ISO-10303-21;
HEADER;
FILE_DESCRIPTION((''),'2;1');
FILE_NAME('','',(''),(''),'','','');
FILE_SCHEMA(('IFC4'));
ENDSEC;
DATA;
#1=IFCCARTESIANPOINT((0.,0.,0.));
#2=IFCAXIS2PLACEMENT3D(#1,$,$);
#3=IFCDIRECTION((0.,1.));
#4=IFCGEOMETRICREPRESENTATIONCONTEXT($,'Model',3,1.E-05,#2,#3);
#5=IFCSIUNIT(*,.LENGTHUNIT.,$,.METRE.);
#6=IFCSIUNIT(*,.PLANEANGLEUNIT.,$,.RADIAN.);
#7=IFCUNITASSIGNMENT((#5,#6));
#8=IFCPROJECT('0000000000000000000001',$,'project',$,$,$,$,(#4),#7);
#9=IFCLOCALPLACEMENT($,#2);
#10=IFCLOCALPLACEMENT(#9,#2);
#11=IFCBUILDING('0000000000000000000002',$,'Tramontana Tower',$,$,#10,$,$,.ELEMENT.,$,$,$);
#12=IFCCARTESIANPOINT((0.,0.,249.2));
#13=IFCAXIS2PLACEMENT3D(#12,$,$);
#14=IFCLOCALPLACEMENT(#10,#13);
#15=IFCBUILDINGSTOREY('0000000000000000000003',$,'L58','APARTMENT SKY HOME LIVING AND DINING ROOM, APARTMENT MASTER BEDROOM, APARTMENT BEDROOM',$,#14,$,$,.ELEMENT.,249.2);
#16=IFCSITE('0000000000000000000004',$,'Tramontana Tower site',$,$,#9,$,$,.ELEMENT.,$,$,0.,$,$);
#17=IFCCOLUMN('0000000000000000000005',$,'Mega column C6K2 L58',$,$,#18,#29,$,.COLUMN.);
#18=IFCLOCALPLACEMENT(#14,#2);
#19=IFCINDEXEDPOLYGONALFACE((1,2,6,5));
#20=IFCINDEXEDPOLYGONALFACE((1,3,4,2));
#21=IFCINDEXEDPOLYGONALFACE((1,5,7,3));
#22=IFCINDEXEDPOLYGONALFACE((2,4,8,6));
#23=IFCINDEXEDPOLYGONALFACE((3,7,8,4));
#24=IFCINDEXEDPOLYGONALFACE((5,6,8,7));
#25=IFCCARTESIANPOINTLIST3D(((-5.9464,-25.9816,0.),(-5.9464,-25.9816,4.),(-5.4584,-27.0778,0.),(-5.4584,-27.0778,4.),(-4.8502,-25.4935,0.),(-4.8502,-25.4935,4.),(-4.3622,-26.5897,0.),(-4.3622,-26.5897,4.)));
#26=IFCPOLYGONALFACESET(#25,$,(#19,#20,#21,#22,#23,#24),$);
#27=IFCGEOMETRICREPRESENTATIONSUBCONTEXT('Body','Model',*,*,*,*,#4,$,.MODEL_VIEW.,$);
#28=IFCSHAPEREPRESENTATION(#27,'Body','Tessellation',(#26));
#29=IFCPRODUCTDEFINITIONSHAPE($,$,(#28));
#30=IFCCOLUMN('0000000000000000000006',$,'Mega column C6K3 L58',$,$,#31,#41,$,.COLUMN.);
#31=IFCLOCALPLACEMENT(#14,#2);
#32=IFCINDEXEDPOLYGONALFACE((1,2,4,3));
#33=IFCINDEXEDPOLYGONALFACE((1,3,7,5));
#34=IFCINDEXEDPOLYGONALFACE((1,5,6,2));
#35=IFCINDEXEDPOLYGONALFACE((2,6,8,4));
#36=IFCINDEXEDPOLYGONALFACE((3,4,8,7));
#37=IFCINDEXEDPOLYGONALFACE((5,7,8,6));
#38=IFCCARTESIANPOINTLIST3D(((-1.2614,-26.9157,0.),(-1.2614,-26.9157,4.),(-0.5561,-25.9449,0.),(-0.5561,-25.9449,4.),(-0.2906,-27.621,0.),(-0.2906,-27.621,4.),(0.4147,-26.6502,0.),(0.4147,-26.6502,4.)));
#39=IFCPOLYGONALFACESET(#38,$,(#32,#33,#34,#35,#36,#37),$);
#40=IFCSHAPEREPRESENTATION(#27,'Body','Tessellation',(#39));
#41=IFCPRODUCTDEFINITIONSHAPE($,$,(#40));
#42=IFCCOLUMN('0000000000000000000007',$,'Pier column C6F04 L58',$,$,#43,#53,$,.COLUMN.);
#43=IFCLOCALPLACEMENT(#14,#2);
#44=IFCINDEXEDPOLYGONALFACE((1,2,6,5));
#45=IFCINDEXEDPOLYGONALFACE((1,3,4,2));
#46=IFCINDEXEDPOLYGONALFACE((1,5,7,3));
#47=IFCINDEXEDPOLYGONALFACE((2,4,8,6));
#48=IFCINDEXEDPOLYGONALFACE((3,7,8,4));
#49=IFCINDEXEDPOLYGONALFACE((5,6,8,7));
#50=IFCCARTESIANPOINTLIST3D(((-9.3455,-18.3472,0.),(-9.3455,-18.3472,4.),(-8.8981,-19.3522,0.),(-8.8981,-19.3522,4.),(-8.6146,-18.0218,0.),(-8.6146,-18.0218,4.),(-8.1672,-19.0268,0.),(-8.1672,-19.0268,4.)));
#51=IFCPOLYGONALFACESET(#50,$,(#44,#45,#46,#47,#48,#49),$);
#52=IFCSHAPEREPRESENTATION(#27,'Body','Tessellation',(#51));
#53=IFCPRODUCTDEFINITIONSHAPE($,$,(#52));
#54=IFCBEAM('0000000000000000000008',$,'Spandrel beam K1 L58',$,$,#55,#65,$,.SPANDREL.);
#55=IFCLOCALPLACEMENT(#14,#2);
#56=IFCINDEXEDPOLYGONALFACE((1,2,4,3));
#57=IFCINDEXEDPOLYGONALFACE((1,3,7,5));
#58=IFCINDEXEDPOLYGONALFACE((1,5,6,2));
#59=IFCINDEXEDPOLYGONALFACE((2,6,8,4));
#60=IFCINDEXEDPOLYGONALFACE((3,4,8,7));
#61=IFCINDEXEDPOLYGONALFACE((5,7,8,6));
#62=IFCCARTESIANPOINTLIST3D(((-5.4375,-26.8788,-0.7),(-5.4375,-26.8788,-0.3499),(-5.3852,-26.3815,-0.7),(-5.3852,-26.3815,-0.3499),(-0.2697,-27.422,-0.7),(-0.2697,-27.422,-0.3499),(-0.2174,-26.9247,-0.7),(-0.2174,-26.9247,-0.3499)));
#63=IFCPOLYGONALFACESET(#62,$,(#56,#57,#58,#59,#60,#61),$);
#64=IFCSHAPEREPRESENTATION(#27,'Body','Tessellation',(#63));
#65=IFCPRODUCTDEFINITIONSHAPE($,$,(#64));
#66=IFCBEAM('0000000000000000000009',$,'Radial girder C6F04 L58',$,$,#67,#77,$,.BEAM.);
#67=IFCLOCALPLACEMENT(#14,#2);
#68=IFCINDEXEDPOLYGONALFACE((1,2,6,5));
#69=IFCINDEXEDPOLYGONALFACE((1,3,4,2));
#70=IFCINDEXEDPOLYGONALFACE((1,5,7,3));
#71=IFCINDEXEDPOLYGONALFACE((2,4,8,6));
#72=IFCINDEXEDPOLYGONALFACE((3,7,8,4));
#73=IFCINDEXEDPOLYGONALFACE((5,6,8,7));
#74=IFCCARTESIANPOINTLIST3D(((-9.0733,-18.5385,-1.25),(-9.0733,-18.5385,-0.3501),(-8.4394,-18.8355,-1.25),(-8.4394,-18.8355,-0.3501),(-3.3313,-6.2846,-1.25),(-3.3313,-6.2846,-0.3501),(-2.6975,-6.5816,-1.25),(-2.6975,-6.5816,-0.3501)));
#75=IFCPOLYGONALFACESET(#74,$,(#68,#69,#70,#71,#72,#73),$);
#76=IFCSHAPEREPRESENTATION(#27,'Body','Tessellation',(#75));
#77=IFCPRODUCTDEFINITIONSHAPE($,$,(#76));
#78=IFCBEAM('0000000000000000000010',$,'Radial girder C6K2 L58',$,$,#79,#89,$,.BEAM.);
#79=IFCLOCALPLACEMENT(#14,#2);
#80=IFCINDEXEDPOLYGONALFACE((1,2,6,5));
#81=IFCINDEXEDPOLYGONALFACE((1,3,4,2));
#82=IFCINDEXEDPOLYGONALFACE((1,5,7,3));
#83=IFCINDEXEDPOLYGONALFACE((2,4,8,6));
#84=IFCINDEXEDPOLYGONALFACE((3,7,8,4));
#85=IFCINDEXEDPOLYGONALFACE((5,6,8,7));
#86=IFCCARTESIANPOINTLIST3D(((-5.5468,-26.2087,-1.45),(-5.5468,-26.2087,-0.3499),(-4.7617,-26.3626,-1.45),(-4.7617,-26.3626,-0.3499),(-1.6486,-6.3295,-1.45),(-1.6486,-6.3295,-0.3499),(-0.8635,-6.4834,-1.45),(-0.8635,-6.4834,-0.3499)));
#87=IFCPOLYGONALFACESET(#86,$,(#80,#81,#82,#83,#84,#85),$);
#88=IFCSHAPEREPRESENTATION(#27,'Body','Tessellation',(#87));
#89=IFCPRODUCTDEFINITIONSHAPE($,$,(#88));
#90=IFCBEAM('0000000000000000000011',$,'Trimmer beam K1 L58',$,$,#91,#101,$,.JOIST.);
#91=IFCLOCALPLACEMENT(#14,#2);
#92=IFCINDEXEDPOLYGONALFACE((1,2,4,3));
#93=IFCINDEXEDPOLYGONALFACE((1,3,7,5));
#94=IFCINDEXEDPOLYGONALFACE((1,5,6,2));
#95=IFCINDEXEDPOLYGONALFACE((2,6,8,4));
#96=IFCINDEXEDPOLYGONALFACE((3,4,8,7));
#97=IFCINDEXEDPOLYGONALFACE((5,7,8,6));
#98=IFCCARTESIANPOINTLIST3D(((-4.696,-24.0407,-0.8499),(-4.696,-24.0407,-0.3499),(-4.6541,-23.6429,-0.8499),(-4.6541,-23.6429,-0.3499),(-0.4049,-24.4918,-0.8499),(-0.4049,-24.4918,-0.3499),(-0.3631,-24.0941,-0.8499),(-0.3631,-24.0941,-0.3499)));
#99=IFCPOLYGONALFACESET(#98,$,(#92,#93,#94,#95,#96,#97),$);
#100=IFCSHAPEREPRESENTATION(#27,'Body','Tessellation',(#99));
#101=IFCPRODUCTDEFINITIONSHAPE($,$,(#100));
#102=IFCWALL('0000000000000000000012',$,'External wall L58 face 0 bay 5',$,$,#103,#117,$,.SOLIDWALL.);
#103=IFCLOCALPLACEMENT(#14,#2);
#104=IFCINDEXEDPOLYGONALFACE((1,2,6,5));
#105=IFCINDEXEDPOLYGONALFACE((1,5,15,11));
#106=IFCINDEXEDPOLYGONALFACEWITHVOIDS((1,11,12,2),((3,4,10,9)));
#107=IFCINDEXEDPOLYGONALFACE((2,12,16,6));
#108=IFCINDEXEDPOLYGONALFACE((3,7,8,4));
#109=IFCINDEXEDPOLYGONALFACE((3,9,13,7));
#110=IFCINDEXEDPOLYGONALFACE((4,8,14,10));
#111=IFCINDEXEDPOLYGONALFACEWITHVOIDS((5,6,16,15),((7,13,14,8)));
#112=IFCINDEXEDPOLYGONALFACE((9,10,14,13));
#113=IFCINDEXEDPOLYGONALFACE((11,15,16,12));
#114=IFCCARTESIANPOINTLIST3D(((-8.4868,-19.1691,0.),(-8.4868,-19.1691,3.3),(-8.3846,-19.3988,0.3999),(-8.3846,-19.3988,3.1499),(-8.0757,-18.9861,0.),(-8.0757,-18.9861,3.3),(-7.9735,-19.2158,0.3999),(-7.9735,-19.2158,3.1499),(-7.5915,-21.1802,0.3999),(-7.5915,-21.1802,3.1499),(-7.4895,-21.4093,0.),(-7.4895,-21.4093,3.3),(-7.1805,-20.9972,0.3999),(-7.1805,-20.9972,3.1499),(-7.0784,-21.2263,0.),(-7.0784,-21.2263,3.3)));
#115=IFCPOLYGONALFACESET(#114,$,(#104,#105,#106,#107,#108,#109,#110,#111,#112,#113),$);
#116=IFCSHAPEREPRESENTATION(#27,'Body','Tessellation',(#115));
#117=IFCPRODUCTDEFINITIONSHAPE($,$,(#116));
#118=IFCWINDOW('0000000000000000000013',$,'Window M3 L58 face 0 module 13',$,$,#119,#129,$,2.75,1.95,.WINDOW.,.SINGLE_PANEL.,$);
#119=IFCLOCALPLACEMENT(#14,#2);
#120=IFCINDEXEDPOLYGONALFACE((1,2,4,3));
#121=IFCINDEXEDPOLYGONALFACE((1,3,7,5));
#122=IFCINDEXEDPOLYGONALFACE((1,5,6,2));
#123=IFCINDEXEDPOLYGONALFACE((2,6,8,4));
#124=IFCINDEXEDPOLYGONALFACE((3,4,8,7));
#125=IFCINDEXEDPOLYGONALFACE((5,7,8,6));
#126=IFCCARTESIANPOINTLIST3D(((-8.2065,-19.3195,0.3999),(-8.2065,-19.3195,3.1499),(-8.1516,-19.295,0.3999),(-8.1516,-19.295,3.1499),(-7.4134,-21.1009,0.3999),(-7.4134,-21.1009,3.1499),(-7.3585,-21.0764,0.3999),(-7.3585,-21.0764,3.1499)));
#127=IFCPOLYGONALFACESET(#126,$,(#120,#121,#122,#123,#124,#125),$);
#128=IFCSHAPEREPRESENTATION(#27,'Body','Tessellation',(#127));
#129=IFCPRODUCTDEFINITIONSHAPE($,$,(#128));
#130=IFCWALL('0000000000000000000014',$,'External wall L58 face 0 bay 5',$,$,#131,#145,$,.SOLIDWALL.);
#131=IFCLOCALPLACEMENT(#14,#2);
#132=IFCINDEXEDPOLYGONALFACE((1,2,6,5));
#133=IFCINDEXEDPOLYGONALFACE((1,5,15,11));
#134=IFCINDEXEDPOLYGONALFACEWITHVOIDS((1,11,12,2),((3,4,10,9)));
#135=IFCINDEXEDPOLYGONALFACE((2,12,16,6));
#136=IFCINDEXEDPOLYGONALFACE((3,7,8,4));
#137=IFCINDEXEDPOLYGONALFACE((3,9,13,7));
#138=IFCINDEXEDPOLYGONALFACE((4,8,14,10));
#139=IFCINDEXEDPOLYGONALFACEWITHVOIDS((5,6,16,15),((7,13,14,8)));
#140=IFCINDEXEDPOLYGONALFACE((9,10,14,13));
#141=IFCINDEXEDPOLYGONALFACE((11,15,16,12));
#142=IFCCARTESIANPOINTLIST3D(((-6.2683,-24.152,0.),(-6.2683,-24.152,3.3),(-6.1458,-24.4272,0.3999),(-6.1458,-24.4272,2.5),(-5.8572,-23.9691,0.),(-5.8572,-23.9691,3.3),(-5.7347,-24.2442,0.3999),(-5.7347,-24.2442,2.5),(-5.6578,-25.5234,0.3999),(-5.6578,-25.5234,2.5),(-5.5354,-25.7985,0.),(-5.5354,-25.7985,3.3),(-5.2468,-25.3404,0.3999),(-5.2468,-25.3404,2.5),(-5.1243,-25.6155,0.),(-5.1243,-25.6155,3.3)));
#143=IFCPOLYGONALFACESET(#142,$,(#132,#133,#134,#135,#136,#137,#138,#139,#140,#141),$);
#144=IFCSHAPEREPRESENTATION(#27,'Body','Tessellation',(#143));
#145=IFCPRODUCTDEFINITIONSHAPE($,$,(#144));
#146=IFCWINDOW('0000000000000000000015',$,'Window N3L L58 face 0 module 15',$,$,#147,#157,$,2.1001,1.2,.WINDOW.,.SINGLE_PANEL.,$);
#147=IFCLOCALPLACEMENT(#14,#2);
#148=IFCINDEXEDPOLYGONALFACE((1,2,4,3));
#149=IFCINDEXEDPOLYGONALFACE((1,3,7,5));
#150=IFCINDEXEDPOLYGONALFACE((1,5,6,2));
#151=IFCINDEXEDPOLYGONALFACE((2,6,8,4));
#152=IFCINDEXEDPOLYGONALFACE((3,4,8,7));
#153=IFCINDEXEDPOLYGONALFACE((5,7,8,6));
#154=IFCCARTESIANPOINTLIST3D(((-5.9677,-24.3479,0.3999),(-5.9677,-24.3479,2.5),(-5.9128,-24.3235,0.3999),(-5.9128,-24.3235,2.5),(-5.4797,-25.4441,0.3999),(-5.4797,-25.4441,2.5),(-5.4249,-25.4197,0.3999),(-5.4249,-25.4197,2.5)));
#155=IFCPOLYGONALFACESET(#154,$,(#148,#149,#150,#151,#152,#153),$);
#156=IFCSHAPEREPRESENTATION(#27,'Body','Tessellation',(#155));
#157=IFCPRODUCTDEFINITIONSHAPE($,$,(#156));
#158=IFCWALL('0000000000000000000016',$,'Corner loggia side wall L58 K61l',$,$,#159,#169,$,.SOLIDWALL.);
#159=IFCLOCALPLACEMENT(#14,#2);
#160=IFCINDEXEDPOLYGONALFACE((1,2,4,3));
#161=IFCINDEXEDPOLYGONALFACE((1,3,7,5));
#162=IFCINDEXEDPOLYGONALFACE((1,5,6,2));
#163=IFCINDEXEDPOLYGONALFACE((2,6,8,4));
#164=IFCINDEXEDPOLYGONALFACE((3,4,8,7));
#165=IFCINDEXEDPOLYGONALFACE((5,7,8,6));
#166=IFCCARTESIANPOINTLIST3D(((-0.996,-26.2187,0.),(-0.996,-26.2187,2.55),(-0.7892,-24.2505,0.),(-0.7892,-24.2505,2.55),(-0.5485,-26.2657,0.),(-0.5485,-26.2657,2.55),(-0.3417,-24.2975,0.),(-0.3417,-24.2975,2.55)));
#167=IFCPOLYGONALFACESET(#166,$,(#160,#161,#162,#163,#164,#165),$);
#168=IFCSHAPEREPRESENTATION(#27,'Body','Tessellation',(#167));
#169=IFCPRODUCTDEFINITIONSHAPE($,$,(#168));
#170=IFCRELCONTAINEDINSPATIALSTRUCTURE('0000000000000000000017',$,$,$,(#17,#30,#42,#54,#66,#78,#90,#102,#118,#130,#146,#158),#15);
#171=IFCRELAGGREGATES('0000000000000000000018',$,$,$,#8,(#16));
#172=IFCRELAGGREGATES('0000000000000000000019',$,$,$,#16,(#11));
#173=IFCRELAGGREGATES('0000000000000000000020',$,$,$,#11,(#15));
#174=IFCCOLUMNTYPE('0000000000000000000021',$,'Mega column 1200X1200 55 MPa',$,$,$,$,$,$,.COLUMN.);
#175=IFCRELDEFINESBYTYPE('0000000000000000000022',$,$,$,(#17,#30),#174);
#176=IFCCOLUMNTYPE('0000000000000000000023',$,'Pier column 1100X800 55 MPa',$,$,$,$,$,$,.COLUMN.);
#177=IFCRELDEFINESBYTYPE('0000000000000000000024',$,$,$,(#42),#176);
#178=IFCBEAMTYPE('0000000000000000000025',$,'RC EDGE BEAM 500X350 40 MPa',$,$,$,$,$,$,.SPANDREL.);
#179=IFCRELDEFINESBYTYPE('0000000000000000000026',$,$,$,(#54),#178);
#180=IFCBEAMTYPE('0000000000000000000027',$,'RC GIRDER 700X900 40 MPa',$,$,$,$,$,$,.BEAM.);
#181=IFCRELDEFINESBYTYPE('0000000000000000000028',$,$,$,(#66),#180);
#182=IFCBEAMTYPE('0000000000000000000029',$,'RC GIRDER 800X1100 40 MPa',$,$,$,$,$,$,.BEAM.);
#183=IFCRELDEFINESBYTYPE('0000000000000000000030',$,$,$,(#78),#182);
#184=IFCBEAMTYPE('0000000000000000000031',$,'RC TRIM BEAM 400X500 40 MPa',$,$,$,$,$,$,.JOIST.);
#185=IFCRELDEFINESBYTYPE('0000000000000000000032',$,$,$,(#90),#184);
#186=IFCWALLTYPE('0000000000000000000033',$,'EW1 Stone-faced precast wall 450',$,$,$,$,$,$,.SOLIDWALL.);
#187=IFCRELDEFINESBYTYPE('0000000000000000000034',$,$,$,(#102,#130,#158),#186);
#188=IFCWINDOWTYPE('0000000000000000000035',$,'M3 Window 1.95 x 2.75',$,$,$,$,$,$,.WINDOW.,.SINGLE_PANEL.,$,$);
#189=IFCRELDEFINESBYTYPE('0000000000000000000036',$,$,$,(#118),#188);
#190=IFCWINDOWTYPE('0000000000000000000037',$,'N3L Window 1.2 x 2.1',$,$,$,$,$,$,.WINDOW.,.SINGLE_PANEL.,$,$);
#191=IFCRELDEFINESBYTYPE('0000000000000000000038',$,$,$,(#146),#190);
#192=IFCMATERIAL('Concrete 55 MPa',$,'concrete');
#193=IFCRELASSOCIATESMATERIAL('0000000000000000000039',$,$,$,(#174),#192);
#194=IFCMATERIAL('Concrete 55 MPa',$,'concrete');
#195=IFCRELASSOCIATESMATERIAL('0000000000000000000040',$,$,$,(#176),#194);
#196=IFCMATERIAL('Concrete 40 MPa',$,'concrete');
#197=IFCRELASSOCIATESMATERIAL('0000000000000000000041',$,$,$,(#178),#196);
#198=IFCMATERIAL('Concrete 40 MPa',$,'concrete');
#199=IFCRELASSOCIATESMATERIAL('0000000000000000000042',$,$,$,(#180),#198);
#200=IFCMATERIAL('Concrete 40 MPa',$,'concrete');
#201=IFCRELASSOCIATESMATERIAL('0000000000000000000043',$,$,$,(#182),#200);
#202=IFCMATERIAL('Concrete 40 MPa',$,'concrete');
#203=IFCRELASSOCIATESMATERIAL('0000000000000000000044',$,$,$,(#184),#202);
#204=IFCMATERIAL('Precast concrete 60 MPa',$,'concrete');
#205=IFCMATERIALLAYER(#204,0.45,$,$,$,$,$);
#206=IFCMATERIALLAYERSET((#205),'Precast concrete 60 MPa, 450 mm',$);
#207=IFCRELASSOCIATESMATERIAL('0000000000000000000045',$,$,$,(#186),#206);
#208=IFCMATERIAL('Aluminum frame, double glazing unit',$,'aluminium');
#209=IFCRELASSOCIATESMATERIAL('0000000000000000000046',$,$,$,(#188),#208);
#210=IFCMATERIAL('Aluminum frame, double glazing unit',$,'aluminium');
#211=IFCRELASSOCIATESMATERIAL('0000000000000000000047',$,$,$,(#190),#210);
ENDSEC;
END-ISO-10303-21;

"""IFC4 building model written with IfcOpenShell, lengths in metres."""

from ifc_helpers import new_model, si_unit, direction, frame, frame_2d, origin, origin_2d, place, context, subcontext, project, spatial, rectangle, extrude, material, layer, layer_set, material_profile, profile_set, type_object, element, fill, save


model = new_model("IFC4")

# Units and contexts
model_context = context("Model", 3, precision=1e-05, world=origin(), true_north=direction((0.0, 1.0)))
body_context = subcontext(model_context, "Body", "Model", "MODEL_VIEW")
ifc_project = project(units=[si_unit("LENGTHUNIT", "METRE"), si_unit("PLANEANGLEUNIT", "RADIAN")], contexts=[model_context])

# Site, building, storey
site_placement = place(None, origin())
site = spatial("IfcSite", under=ifc_project, at=site_placement, Name="Tramontana Tower site", CompositionType="ELEMENT", RefElevation=0.0)
building_placement = place(site_placement, origin())
building = spatial("IfcBuilding", under=site, at=building_placement, Name="Tramontana Tower", CompositionType="ELEMENT")
storey_placement = place(building_placement, frame((0.0, 0.0, 249.2)))
storey = spatial("IfcBuildingStorey", under=building, at=storey_placement, Name="L58", Description="APARTMENT SKY HOME LIVING AND DINING ROOM, APARTMENT MASTER BEDROOM, APARTMENT BEDROOM", CompositionType="ELEMENT", Elevation=249.2)

# Columns
ifc_material_1 = material(Name="Concrete 55 MPa", Category="concrete")
ifc_material_profile_1 = material_profile(ifc_material_1, rectangle(XDim=1.2, YDim=1.2, at=origin_2d()), Name="Mega column 1200X1200 55 MPa")
ifc_profile_set_1 = profile_set([ifc_material_profile_1], Name="Concrete 55 MPa")
column_type_1 = type_object("IfcColumnType", Name="Mega column 1200X1200 55 MPa", PredefinedType="COLUMN", material=ifc_profile_set_1)
for number, where, z_axis, x_axis, name in (
    (1, (-5.1543, -26.2856, 0.0), (0.0, 0.0, 1.0), (0.406737, -0.913545, 0.0), "Mega column C6K2 L58"),
    (2, (-0.4233, -26.783, 0.0), (0.0, 0.0, 1.0), (0.587785, 0.809017, 0.0), "Mega column C6K3 L58"),
):
    element("IfcColumn", number, at=place(storey_placement, frame(where, z_axis=z_axis, x_axis=x_axis)), inside=storey, type_object=column_type_1, Name=name, PredefinedType="COLUMN", context=body_context, shape_type="SweptSolid", body=[
        extrude(rectangle(XDim=1.2, YDim=1.2, at=origin_2d()), origin(), (0.0, 0.0, 1.0), 4.0),
    ])
ifc_material_2 = material(Name="Concrete 55 MPa", Category="concrete")
ifc_material_profile_2 = material_profile(ifc_material_2, rectangle(XDim=1.1001, YDim=0.8, at=origin_2d()), Name="Pier column 1100X800 55 MPa")
ifc_profile_set_2 = profile_set([ifc_material_profile_2], Name="Concrete 55 MPa")
column_type_2 = type_object("IfcColumnType", Name="Pier column 1100X800 55 MPa", PredefinedType="COLUMN", material=ifc_profile_set_2)
column_placement = place(storey_placement, frame((-8.7563, -18.687, 0.0), z_axis=(0.0, 0.0, 1.0), x_axis=(0.406737, -0.913545, 0.0)))
element("IfcColumn", 3, at=column_placement, inside=storey, type_object=column_type_2, Name="Pier column C6F04 L58", PredefinedType="COLUMN", context=body_context, shape_type="SweptSolid", body=[
    extrude(rectangle(XDim=1.1001, YDim=0.8, at=origin_2d()), origin(), (0.0, 0.0, 1.0), 4.0),
])

# Beams
ifc_material_3 = material(Name="Concrete 40 MPa", Category="concrete")
ifc_material_profile_3 = material_profile(ifc_material_3, rectangle(XDim=0.5, YDim=0.3501, at=origin_2d()), Name="RC EDGE BEAM 500X350 40 MPa")
ifc_profile_set_3 = profile_set([ifc_material_profile_3], Name="Concrete 40 MPa")
beam_type_1 = type_object("IfcBeamType", Name="RC EDGE BEAM 500X350 40 MPa", PredefinedType="SPANDREL", material=ifc_profile_set_3)
beam_1_placement = place(storey_placement, frame((-5.4114, -26.6301, -0.5249), z_axis=(0.994521, -0.10454, 0.0), x_axis=(0.10454, 0.994521, 0.0)))
element("IfcBeam", 4, at=beam_1_placement, inside=storey, type_object=beam_type_1, Name="Spandrel beam K1 L58", PredefinedType="SPANDREL", context=body_context, shape_type="SweptSolid", body=[
    extrude(rectangle(XDim=0.5, YDim=0.3501, at=origin_2d()), origin(), (0.0, 0.0, 1.0), 5.1963),
])
ifc_material_4 = material(Name="Concrete 40 MPa", Category="concrete")
ifc_material_profile_4 = material_profile(ifc_material_4, rectangle(XDim=0.7, YDim=0.8999, at=origin_2d()), Name="RC GIRDER 700X900 40 MPa")
ifc_profile_set_4 = profile_set([ifc_material_profile_4], Name="Concrete 40 MPa")
beam_type_2 = type_object("IfcBeamType", Name="RC GIRDER 700X900 40 MPa", PredefinedType="BEAM", material=ifc_profile_set_4)
beam_2_placement = place(storey_placement, frame((-8.7563, -18.687, -0.8), z_axis=(0.424308, 0.905518, 0.0), x_axis=(-0.905518, 0.424308, 0.0)))
element("IfcBeam", 5, at=beam_2_placement, inside=storey, type_object=beam_type_2, Name="Radial girder C6F04 L58", PredefinedType="BEAM", context=body_context, shape_type="SweptSolid", body=[
    extrude(rectangle(XDim=0.7, YDim=0.8999, at=origin_2d()), origin(), (0.0, 0.0, 1.0), 13.5325),
])
ifc_material_5 = material(Name="Concrete 40 MPa", Category="concrete")
ifc_material_profile_5 = material_profile(ifc_material_5, rectangle(XDim=0.8, YDim=1.1001, at=origin_2d()), Name="RC GIRDER 800X1100 40 MPa")
ifc_profile_set_5 = profile_set([ifc_material_profile_5], Name="Concrete 40 MPa")
beam_type_3 = type_object("IfcBeamType", Name="RC GIRDER 800X1100 40 MPa", PredefinedType="BEAM", material=ifc_profile_set_5)
beam_3_placement = place(storey_placement, frame((-5.1543, -26.2856, -0.8999), z_axis=(0.19243, 0.981311, 0.0), x_axis=(-0.981311, 0.19243, 0.0)))
element("IfcBeam", 6, at=beam_3_placement, inside=storey, type_object=beam_type_3, Name="Radial girder C6K2 L58", PredefinedType="BEAM", context=body_context, shape_type="SweptSolid", body=[
    extrude(rectangle(XDim=0.8, YDim=1.1001, at=origin_2d()), origin(), (0.0, 0.0, 1.0), 20.2578),
])
ifc_material_6 = material(Name="Concrete 40 MPa", Category="concrete")
ifc_material_profile_6 = material_profile(ifc_material_6, rectangle(XDim=0.3999, YDim=0.5, at=origin_2d()), Name="RC TRIM BEAM 400X500 40 MPa")
ifc_profile_set_6 = profile_set([ifc_material_profile_6], Name="Concrete 40 MPa")
beam_type_4 = type_object("IfcBeamType", Name="RC TRIM BEAM 400X500 40 MPa", PredefinedType="JOIST", material=ifc_profile_set_6)
beam_4_placement = place(storey_placement, frame((-4.675, -23.8418, -0.5999), z_axis=(0.994518, -0.104567, 0.0), x_axis=(0.104567, 0.994518, 0.0)))
element("IfcBeam", 7, at=beam_4_placement, inside=storey, type_object=beam_type_4, Name="Trimmer beam K1 L58", PredefinedType="JOIST", context=body_context, shape_type="SweptSolid", body=[
    extrude(rectangle(XDim=0.3999, YDim=0.5, at=origin_2d()), origin(), (0.0, 0.0, 1.0), 4.3147),
])

# Walls, openings, windows
ifc_material_7 = material(Name="Precast concrete 60 MPa", Category="concrete")
ifc_layer_1 = layer(ifc_material_7, 0.45)
ifc_layer_set_1 = layer_set([ifc_layer_1], Name="Precast concrete 60 MPa, 450 mm")
wall_type_1 = type_object("IfcWallType", Name="EW1 Stone-faced precast wall 450", PredefinedType="SOLIDWALL", material=ifc_layer_set_1)
wall_1_placement = place(storey_placement, frame((-8.2812, -19.0776, 0.0), z_axis=(0.0, 0.0, 1.0), x_axis=(0.406702, -0.913561, 0.0)))
wall_1 = element("IfcWall", 8, at=wall_1_placement, inside=storey, type_object=wall_type_1, Name="External wall L58 face 0 bay 5", PredefinedType="SOLIDWALL", context=body_context, shape_type="SweptSolid", body=[
    extrude(rectangle(XDim=2.4521, YDim=0.45, at=frame_2d((1.2261, 0.0))), origin(), (0.0, 0.0, 1.0), 3.3),
])
opening_1_placement = place(wall_1_placement, frame((0.2512, 0.0, 0.3999)))
opening_1 = element("IfcOpeningElement", 9, at=opening_1_placement, cuts=wall_1, PredefinedType="OPENING", context=body_context, shape_type="SweptSolid", body=[
    extrude(rectangle(XDim=1.95, YDim=2.75, at=frame_2d((0.9751, 1.375))), frame((0.0, 0.2349, 0.0), z_axis=(0.0, -1.0, 0.0), x_axis=(1.0, 0.0, 0.0)), (0.0, 0.0, 1.0), 0.47),
])
ifc_material_8 = material(Name="Aluminum frame, double glazing unit", Category="aluminium")
window_type_1 = type_object("IfcWindowType", Name="M3 Window 1.95 x 2.75", PartitioningType="SINGLE_PANEL", PredefinedType="WINDOW", material=ifc_material_8)
window_1_placement = place(opening_1_placement, origin())
window_1 = element("IfcWindow", 10, at=window_1_placement, inside=storey, type_object=window_type_1, Name="Window M3 L58 face 0 module 13", OverallHeight=2.75, OverallWidth=1.95, PartitioningType="SINGLE_PANEL", PredefinedType="WINDOW", context=body_context, shape_type="SweptSolid", body=[
    extrude(rectangle(XDim=1.95, YDim=2.75, at=frame_2d((0.9751, 1.375))), frame((0.0, 0.03, 0.0), z_axis=(0.0, -1.0, 0.0), x_axis=(1.0, 0.0, 0.0)), (0.0, 0.0, 1.0), 0.0601),
])
fill(opening_1, window_1)
wall_2_placement = place(storey_placement, frame((-6.0627, -24.0605, 0.0), z_axis=(0.0, 0.0, 1.0), x_axis=(0.406666, -0.913577, 0.0)))
wall_2 = element("IfcWall", 11, at=wall_2_placement, inside=storey, type_object=wall_type_1, Name="External wall L58 face 0 bay 5", PredefinedType="SOLIDWALL", context=body_context, shape_type="SweptSolid", body=[
    extrude(rectangle(XDim=1.8022, YDim=0.45, at=frame_2d((0.9011, 0.0))), origin(), (0.0, 0.0, 1.0), 3.3),
])
opening_2_placement = place(wall_2_placement, frame((0.301, 0.0, 0.3999)))
opening_2 = element("IfcOpeningElement", 12, at=opening_2_placement, cuts=wall_2, PredefinedType="OPENING", context=body_context, shape_type="SweptSolid", body=[
    extrude(rectangle(XDim=1.2, YDim=2.1001, at=frame_2d((0.6001, 1.05))), frame((0.0, 0.2349, 0.0), z_axis=(0.0, -1.0, 0.0), x_axis=(1.0, 0.0, 0.0)), (0.0, 0.0, 1.0), 0.47),
])
ifc_material_9 = material(Name="Aluminum frame, double glazing unit", Category="aluminium")
window_type_2 = type_object("IfcWindowType", Name="N3L Window 1.2 x 2.1", PartitioningType="SINGLE_PANEL", PredefinedType="WINDOW", material=ifc_material_9)
window_2_placement = place(opening_2_placement, origin())
window_2 = element("IfcWindow", 13, at=window_2_placement, inside=storey, type_object=window_type_2, Name="Window N3L L58 face 0 module 15", OverallHeight=2.1001, OverallWidth=1.2, PartitioningType="SINGLE_PANEL", PredefinedType="WINDOW", context=body_context, shape_type="SweptSolid", body=[
    extrude(rectangle(XDim=1.2, YDim=2.1001, at=frame_2d((0.6001, 1.05))), frame((0.0, 0.03, 0.0), z_axis=(0.0, -1.0, 0.0), x_axis=(1.0, 0.0, 0.0)), (0.0, 0.0, 1.0), 0.0601),
])
fill(opening_2, window_2)

# Wall
for number, where, z_axis, x_axis, name in (
    (14, (-0.7722, -26.2422, 0.0), (0.0, 0.0, 1.0), (0.104486, 0.994526, 0.0), "Corner loggia side wall L58 K61l"),
):
    element("IfcWall", number, at=place(storey_placement, frame(where, z_axis=z_axis, x_axis=x_axis)), inside=storey, type_object=wall_type_1, Name=name, PredefinedType="SOLIDWALL", context=body_context, shape_type="SweptSolid", body=[
        extrude(rectangle(XDim=1.979, YDim=0.45, at=frame_2d((0.9895, 0.0))), origin(), (0.0, 0.0, 1.0), 2.55),
    ])

save(model, "model.ifc")
